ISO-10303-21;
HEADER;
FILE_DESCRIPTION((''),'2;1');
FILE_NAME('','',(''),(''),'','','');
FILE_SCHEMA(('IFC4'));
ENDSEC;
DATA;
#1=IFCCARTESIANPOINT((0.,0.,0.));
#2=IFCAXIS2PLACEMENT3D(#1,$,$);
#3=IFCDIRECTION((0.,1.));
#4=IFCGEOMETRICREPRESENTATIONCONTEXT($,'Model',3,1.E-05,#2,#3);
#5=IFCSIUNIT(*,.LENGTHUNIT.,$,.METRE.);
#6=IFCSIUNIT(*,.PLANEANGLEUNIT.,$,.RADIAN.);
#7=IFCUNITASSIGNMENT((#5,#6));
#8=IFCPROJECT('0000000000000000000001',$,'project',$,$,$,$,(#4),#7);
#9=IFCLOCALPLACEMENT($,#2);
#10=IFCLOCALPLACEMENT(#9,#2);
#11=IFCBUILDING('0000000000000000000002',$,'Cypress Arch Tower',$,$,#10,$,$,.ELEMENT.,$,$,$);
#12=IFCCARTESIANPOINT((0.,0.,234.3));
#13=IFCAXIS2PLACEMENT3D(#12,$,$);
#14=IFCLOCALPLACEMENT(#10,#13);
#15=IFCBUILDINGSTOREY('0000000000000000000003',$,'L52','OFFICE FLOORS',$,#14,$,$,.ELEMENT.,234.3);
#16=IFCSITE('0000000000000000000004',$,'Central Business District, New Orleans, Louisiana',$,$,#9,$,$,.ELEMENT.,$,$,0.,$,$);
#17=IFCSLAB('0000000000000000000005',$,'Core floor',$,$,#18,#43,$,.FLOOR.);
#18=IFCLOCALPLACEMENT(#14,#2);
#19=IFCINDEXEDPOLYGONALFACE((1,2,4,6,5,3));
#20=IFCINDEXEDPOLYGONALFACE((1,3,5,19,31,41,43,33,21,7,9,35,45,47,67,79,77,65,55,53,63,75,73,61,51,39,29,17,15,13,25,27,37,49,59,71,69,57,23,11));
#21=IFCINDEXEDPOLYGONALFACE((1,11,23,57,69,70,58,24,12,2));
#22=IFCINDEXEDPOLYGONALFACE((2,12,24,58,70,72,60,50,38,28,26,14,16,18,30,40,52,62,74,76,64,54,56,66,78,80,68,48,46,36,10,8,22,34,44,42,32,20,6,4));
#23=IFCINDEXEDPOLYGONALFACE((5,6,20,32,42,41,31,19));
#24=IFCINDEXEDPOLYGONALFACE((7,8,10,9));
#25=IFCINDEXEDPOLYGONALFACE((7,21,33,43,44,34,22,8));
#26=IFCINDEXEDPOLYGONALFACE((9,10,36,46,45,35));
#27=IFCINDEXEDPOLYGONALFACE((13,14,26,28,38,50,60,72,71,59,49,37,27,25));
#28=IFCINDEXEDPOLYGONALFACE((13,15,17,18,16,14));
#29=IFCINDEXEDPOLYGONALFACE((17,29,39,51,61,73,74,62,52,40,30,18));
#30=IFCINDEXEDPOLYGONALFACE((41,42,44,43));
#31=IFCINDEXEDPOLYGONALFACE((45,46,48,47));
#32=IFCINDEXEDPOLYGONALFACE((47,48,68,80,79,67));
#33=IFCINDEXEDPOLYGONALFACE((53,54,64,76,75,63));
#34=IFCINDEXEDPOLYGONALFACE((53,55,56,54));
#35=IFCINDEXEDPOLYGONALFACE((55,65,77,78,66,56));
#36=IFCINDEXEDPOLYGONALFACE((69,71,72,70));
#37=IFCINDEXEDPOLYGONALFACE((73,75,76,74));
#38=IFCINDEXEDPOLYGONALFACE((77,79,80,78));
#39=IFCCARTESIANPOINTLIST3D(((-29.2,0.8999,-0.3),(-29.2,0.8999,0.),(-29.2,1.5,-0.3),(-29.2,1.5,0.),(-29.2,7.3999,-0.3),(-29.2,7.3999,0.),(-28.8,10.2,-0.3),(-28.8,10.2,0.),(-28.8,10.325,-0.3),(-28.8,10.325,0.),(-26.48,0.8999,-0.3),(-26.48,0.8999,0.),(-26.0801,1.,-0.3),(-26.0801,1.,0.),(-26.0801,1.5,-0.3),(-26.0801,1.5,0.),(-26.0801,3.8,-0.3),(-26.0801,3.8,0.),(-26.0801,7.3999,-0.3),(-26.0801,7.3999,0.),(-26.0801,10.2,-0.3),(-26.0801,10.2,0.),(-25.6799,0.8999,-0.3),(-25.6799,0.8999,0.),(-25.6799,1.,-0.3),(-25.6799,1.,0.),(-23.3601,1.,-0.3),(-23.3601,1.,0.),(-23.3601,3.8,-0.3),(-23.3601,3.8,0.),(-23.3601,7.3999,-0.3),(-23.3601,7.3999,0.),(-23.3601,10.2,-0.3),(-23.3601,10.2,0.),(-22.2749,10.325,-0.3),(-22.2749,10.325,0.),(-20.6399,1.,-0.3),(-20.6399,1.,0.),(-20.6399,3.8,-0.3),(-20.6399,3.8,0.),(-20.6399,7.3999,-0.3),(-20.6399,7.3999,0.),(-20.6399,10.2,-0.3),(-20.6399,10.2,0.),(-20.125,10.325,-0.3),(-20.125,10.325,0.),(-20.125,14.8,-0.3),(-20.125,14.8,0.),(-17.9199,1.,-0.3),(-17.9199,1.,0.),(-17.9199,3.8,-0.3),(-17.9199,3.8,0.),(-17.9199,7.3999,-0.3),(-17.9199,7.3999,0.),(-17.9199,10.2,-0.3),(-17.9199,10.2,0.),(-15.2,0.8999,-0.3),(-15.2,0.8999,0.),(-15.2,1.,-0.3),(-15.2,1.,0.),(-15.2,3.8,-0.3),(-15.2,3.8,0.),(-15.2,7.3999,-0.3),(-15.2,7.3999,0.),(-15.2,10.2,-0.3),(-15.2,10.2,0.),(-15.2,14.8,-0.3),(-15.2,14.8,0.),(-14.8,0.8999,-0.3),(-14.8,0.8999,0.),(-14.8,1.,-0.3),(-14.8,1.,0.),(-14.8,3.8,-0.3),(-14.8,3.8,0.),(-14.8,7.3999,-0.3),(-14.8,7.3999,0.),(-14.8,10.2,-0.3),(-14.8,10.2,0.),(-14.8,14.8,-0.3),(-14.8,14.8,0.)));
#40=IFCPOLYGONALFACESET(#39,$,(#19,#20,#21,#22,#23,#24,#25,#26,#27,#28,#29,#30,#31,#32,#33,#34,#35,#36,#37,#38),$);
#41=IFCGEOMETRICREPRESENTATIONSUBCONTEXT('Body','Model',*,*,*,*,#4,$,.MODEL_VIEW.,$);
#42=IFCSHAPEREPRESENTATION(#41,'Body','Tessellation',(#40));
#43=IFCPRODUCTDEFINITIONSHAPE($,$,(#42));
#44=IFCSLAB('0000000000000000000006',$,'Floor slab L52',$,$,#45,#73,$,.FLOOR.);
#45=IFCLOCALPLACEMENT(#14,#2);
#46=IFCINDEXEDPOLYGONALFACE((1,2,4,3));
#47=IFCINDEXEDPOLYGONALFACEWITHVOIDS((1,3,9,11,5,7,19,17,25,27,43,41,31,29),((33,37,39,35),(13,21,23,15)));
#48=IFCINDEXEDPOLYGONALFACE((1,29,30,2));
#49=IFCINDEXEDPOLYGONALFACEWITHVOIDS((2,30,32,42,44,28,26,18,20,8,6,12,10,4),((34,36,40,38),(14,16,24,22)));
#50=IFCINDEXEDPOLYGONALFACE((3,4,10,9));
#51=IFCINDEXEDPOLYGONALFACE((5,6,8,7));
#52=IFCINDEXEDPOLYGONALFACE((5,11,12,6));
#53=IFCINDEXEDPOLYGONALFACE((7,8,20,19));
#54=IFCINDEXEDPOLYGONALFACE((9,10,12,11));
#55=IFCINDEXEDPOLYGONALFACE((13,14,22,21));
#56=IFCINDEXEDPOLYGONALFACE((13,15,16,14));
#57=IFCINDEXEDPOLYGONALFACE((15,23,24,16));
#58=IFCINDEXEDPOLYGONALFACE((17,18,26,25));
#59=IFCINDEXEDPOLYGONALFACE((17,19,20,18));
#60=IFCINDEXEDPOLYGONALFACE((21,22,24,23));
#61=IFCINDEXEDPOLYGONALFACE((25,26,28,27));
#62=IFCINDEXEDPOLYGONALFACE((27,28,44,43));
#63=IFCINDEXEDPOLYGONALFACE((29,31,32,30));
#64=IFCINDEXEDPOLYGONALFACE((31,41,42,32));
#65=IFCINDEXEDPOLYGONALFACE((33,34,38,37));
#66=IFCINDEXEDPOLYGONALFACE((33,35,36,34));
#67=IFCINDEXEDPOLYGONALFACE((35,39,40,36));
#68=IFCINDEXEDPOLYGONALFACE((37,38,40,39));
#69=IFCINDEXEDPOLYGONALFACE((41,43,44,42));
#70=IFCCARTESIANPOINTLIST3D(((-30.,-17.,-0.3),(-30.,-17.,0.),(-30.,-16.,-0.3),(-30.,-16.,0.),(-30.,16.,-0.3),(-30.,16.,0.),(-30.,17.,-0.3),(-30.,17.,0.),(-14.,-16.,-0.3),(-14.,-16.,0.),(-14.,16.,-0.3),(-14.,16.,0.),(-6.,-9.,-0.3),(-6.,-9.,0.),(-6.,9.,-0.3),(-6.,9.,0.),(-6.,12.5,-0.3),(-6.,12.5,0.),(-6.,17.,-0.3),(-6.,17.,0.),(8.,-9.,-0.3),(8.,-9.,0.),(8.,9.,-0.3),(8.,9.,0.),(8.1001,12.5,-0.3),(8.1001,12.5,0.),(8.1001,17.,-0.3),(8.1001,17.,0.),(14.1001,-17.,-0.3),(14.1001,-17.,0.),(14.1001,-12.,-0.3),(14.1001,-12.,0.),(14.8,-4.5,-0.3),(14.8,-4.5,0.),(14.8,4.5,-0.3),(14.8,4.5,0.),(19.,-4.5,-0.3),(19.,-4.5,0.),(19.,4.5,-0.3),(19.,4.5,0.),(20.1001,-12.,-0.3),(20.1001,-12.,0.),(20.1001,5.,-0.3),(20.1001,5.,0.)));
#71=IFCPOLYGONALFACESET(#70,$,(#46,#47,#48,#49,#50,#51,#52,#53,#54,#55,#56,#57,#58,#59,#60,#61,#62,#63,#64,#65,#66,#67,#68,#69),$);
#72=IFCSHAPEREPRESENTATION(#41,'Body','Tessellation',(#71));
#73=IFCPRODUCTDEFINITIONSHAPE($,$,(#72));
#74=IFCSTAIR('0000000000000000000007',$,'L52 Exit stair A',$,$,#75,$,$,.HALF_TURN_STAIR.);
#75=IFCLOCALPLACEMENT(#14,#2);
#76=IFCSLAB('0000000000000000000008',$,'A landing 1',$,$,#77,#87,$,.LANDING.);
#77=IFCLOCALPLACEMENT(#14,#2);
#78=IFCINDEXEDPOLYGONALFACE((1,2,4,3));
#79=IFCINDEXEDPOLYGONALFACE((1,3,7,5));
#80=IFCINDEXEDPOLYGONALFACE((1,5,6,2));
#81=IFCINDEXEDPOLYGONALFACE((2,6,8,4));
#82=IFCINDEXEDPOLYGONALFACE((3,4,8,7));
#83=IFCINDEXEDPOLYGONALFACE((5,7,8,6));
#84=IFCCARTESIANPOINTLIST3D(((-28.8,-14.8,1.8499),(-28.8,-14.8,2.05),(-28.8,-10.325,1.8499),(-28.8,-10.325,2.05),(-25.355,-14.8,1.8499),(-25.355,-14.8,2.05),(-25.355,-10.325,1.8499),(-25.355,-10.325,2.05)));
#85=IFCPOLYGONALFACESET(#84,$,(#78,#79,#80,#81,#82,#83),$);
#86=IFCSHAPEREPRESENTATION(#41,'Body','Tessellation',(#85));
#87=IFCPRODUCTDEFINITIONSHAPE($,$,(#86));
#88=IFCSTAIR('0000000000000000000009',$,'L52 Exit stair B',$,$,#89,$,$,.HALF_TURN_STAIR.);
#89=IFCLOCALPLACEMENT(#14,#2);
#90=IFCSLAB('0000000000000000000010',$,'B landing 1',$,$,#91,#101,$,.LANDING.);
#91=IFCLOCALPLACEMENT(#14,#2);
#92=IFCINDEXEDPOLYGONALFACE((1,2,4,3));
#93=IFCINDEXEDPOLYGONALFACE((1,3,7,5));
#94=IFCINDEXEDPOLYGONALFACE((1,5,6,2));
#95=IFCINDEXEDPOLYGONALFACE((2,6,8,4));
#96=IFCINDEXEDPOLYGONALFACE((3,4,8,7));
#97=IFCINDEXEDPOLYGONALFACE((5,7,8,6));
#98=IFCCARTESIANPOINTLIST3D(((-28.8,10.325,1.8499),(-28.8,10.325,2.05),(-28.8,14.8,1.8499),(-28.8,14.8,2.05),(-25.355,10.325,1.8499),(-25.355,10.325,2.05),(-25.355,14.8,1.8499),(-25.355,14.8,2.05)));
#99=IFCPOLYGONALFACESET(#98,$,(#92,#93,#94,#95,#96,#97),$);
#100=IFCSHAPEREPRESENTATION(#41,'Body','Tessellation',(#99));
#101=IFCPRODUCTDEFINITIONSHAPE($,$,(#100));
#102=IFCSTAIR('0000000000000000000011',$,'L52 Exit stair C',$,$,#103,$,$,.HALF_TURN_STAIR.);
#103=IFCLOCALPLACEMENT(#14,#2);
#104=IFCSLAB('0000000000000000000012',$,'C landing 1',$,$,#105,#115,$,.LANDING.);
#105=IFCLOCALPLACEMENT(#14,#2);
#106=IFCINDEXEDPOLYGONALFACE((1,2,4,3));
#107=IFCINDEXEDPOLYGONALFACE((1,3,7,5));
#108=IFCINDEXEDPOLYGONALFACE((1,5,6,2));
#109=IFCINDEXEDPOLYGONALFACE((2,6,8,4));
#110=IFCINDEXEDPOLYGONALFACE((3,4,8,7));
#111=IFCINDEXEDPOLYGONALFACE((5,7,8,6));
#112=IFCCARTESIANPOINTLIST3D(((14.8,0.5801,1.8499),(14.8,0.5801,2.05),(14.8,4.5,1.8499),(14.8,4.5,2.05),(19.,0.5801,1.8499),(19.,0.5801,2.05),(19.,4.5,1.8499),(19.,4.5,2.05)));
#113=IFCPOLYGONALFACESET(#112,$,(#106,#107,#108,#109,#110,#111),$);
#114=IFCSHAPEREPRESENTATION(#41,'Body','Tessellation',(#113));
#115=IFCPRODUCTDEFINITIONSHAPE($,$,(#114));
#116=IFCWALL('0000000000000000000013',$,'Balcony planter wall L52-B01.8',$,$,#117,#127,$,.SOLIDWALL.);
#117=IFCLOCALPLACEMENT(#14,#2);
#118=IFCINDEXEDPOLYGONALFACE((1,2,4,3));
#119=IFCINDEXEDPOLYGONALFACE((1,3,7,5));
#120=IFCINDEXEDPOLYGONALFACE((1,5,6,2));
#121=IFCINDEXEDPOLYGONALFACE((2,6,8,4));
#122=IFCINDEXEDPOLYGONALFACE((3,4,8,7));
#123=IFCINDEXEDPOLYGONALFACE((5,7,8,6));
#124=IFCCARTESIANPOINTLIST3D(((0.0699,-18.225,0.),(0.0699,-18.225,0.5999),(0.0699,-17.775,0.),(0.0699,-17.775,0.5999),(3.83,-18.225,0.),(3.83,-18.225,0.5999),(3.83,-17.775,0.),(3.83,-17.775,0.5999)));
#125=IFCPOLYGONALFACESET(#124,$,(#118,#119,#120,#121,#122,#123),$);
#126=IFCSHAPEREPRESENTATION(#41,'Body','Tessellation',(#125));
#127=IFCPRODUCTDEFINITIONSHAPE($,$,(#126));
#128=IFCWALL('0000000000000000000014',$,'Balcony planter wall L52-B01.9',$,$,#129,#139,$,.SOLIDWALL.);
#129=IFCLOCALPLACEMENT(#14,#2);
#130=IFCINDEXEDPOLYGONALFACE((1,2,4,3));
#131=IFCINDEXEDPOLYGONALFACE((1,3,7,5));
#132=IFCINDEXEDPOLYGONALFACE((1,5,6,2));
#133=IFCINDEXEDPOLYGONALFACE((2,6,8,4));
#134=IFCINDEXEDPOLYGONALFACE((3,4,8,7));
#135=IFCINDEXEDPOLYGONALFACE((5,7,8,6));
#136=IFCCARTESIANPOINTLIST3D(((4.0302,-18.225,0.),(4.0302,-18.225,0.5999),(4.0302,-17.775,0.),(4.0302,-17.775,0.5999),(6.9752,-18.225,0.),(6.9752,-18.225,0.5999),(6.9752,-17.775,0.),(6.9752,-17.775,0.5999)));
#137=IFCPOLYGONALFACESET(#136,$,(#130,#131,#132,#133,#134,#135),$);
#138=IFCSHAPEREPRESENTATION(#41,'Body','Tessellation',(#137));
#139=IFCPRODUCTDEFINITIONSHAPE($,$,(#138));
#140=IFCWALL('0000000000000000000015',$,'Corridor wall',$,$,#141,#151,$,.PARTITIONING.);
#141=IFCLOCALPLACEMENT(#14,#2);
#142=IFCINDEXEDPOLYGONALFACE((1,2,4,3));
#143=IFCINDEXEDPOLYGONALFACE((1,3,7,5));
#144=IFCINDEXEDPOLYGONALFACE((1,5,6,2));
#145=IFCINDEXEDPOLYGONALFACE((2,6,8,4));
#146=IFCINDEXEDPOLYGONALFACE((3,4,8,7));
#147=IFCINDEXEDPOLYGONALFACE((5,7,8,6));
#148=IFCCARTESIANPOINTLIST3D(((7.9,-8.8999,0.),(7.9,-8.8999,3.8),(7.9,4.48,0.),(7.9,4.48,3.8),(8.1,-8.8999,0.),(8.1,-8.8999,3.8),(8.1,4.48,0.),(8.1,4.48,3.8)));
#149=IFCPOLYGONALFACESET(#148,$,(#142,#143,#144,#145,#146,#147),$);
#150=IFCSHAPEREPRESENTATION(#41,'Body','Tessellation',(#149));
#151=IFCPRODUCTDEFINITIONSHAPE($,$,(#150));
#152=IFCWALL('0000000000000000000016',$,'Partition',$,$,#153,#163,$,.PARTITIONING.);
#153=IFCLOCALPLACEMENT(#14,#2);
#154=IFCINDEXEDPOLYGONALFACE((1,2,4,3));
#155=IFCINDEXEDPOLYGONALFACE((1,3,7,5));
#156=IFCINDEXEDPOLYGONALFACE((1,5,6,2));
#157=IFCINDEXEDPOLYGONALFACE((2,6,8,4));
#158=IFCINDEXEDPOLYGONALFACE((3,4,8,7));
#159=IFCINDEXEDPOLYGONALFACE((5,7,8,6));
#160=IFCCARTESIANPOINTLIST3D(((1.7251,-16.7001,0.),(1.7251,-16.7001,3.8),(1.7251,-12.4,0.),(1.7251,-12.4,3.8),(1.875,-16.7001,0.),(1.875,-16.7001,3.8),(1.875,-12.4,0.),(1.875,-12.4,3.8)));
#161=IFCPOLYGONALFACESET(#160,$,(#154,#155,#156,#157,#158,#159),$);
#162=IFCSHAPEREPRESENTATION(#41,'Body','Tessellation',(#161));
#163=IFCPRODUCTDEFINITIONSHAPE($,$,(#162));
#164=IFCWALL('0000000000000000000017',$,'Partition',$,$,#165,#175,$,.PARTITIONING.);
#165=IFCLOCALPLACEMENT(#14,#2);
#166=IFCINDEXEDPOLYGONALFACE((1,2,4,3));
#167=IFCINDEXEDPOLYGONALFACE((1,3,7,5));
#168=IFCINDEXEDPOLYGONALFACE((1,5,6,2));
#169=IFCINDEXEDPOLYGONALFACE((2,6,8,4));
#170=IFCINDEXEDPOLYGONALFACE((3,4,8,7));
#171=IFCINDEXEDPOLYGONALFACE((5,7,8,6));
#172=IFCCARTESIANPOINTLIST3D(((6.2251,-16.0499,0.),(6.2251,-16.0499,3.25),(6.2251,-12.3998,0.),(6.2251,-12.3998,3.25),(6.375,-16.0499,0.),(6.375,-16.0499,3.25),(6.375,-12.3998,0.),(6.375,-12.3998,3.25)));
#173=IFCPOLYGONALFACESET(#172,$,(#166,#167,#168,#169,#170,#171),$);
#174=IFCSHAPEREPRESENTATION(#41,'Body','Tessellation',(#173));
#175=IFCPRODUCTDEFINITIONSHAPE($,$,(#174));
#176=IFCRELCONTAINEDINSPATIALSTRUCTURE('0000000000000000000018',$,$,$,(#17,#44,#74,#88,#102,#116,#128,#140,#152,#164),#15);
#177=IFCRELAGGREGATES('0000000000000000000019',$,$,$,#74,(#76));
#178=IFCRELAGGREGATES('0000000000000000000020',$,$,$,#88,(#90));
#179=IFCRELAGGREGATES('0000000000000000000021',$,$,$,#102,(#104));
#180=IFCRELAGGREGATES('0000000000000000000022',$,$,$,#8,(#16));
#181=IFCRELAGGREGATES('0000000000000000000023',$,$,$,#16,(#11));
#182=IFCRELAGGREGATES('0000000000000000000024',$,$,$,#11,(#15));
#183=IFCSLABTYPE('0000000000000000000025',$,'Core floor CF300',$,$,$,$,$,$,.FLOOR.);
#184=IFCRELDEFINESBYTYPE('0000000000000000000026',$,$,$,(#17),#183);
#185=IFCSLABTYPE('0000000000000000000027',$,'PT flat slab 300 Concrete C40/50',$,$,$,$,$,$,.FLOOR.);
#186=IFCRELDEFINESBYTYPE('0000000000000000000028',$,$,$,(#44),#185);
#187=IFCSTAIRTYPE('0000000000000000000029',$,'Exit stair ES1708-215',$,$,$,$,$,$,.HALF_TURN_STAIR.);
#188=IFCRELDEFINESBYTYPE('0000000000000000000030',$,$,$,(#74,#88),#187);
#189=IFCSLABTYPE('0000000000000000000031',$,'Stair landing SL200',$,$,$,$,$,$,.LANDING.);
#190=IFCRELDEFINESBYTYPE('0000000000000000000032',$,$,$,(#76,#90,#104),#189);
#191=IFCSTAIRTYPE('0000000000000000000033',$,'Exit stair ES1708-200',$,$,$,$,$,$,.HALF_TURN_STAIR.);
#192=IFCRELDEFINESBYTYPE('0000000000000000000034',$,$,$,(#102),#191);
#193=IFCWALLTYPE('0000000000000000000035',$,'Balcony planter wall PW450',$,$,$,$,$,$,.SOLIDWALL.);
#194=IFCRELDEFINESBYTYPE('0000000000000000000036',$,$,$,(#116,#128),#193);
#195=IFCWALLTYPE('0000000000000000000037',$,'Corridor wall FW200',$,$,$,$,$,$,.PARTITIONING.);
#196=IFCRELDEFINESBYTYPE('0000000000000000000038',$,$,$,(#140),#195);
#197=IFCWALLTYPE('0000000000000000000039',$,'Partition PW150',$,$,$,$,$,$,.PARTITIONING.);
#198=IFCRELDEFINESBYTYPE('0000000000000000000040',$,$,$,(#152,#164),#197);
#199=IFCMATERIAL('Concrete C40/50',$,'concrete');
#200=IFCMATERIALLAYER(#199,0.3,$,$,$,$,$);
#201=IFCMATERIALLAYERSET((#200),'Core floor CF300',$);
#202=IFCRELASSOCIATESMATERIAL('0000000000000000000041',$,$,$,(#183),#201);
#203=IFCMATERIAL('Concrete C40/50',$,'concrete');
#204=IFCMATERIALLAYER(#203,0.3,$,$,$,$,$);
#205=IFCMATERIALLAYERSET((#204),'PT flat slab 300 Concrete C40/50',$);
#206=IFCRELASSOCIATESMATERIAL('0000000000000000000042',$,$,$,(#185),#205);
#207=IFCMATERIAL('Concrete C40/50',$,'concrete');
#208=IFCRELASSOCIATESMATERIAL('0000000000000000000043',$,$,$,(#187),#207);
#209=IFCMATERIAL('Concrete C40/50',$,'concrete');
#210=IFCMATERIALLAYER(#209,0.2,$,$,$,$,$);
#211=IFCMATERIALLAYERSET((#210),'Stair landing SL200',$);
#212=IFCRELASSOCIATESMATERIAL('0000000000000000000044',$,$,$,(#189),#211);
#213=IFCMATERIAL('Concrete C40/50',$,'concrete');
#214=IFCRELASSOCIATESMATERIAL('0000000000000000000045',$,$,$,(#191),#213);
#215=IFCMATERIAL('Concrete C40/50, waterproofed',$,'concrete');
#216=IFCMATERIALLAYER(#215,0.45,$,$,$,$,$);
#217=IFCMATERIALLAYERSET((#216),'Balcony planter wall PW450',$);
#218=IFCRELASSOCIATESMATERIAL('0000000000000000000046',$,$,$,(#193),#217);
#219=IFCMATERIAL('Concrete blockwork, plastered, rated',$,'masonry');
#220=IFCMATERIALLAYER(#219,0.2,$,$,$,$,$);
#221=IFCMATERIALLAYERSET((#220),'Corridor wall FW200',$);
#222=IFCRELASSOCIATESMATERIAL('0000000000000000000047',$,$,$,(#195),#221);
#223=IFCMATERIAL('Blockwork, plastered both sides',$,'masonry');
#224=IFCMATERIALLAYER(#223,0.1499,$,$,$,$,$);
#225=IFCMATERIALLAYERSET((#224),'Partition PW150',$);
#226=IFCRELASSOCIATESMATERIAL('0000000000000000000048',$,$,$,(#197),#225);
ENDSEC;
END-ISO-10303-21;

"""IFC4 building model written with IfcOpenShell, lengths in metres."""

from ifc_helpers import new_model, si_unit, direction, frame, frame_2d, origin, place, context, subcontext, project, spatial, polyline, rectangle, outline, extrude, material, layer, layer_set, type_object, element, aggregate, save


model = new_model("IFC4")

# Units and contexts
model_context = context("Model", 3, precision=1e-05, world=origin(), true_north=direction((0.0, 1.0)))
body_context = subcontext(model_context, "Body", "Model", "MODEL_VIEW")
ifc_project = project(units=[si_unit("LENGTHUNIT", "METRE"), si_unit("PLANEANGLEUNIT", "RADIAN")], contexts=[model_context])

# Site, building, storey
site_placement = place(None, origin())
site = spatial("IfcSite", under=ifc_project, at=site_placement, Name="Central Business District, New Orleans, Louisiana", CompositionType="ELEMENT", RefElevation=0.0)
building_placement = place(site_placement, origin())
building = spatial("IfcBuilding", under=site, at=building_placement, Name="Cypress Arch Tower", CompositionType="ELEMENT")
storey_placement = place(building_placement, frame((0.0, 0.0, 234.3)))
storey = spatial("IfcBuildingStorey", under=building, at=storey_placement, Name="L52", Description="OFFICE FLOORS", CompositionType="ELEMENT", Elevation=234.3)

# Slabs
ifc_material_1 = material(Name="Concrete C40/50", Category="concrete")
ifc_layer_1 = layer(ifc_material_1, 0.3)
ifc_layer_set_1 = layer_set([ifc_layer_1], Name="Core floor CF300")
slab_type_1 = type_object("IfcSlabType", Name="Core floor CF300", PredefinedType="FLOOR", material=ifc_layer_set_1)
slab_1_placement = place(storey_placement, frame((0.0, 0.0, -0.3)))
element("IfcSlab", 1, at=slab_1_placement, inside=storey, type_object=slab_type_1, Name="Core floor", PredefinedType="FLOOR", context=body_context, shape_type="SweptSolid", body=[
    extrude(outline(polyline([(-20.6399, 7.3999), (-20.6399, 10.2), (-23.3601, 10.2), (-26.0801, 10.2), (-28.8, 10.2), (-28.8, 10.325), (-22.2749, 10.325), (-20.125, 10.325), (-20.125, 14.8), (-15.2, 14.8), (-14.8, 14.8), (-14.8, 10.2), (-15.2, 10.2), (-17.9199, 10.2), (-17.9199, 7.3999), (-15.2, 7.3999), (-14.8, 7.3999), (-14.8, 3.8), (-15.2, 3.8), (-17.9199, 3.8), (-20.6399, 3.8), (-23.3601, 3.8), (-26.0801, 3.8), (-26.0801, 1.5), (-26.0801, 1.5), (-26.0801, 1.0), (-25.6799, 1.0), (-23.3601, 1.0), (-20.6399, 1.0), (-17.9199, 1.0), (-15.2, 1.0), (-14.8, 1.0), (-14.8, 0.8999), (-15.2, 0.8999), (-25.6799, 0.8999), (-26.48, 0.8999), (-29.2, 0.8999), (-29.2, 1.5), (-29.2, 7.3999), (-26.0801, 7.3999), (-23.3601, 7.3999), (-20.6399, 7.3999)])), origin(), (0.0, 0.0, 1.0), 0.3),
])
ifc_material_2 = material(Name="Concrete C40/50", Category="concrete")
ifc_layer_2 = layer(ifc_material_2, 0.3)
ifc_layer_set_2 = layer_set([ifc_layer_2], Name="PT flat slab 300 Concrete C40/50")
slab_type_2 = type_object("IfcSlabType", Name="PT flat slab 300 Concrete C40/50", PredefinedType="FLOOR", material=ifc_layer_set_2)
slab_2_placement = place(storey_placement, frame((0.0, 0.0, -0.3)))
element("IfcSlab", 2, at=slab_2_placement, inside=storey, type_object=slab_type_2, Name="Floor slab L52", PredefinedType="FLOOR", context=body_context, shape_type="SweptSolid", body=[
    extrude(outline(polyline([(-30.0, 17.0), (-6.0, 17.0), (-6.0, 12.5), (8.1001, 12.5), (8.1001, 17.0), (20.1001, 5.0), (20.1001, -12.0), (14.1001, -12.0), (14.1001, -17.0), (-30.0, -17.0), (-30.0, -16.0), (-14.0, -16.0), (-14.0, 16.0), (-30.0, 16.0), (-30.0, 17.0)]), holes=[polyline([(-6.0, -9.0), (8.0, -9.0), (8.0, 9.0), (-6.0, 9.0), (-6.0, -9.0)]), polyline([(14.8, -4.5), (19.0, -4.5), (19.0, 4.5), (14.8, 4.5), (14.8, -4.5)])]), origin(), (0.0, 0.0, 1.0), 0.3),
])

# Stairs, slabs
ifc_material_3 = material(Name="Concrete C40/50", Category="concrete")
stair_type_1 = type_object("IfcStairType", Name="Exit stair ES1708-215", PredefinedType="HALF_TURN_STAIR", material=ifc_material_3)
stair_1_placement = place(storey_placement, origin())
stair_1 = element("IfcStair", 3, at=stair_1_placement, inside=storey, type_object=stair_type_1, Name="L52 Exit stair A", PredefinedType="HALF_TURN_STAIR")
ifc_material_4 = material(Name="Concrete C40/50", Category="concrete")
ifc_layer_3 = layer(ifc_material_4, 0.2)
ifc_layer_set_3 = layer_set([ifc_layer_3], Name="Stair landing SL200")
slab_type_3 = type_object("IfcSlabType", Name="Stair landing SL200", PredefinedType="LANDING", material=ifc_layer_set_3)
slab_3_placement = place(storey_placement, frame((0.0, 0.0, 1.8499)))
slab_3 = element("IfcSlab", 4, at=slab_3_placement, type_object=slab_type_3, Name="A landing 1", PredefinedType="LANDING", context=body_context, shape_type="SweptSolid", body=[
    extrude(outline(polyline([(-25.355, -10.325), (-28.8, -10.325), (-28.8, -14.8), (-25.355, -14.8), (-25.355, -10.325)])), origin(), (0.0, 0.0, 1.0), 0.2002),
])
aggregate(stair_1, [slab_3])
stair_2_placement = place(storey_placement, origin())
stair_2 = element("IfcStair", 5, at=stair_2_placement, inside=storey, type_object=stair_type_1, Name="L52 Exit stair B", PredefinedType="HALF_TURN_STAIR")
slab_4_placement = place(storey_placement, frame((0.0, 0.0, 1.8499)))
slab_4 = element("IfcSlab", 6, at=slab_4_placement, type_object=slab_type_3, Name="B landing 1", PredefinedType="LANDING", context=body_context, shape_type="SweptSolid", body=[
    extrude(outline(polyline([(-25.355, 14.8), (-28.8, 14.8), (-28.8, 10.325), (-25.355, 10.325), (-25.355, 14.8)])), origin(), (0.0, 0.0, 1.0), 0.2002),
])
aggregate(stair_2, [slab_4])
ifc_material_5 = material(Name="Concrete C40/50", Category="concrete")
stair_type_2 = type_object("IfcStairType", Name="Exit stair ES1708-200", PredefinedType="HALF_TURN_STAIR", material=ifc_material_5)
stair_3_placement = place(storey_placement, origin())
stair_3 = element("IfcStair", 7, at=stair_3_placement, inside=storey, type_object=stair_type_2, Name="L52 Exit stair C", PredefinedType="HALF_TURN_STAIR")
slab_5_placement = place(storey_placement, frame((0.0, 0.0, 1.8499)))
slab_5 = element("IfcSlab", 8, at=slab_5_placement, type_object=slab_type_3, Name="C landing 1", PredefinedType="LANDING", context=body_context, shape_type="SweptSolid", body=[
    extrude(outline(polyline([(19.0, 0.5801), (19.0, 4.5), (14.8, 4.5), (14.8, 0.5801), (19.0, 0.5801)])), origin(), (0.0, 0.0, 1.0), 0.2002),
])
aggregate(stair_3, [slab_5])

# Walls
ifc_material_6 = material(Name="Concrete C40/50, waterproofed", Category="concrete")
ifc_layer_4 = layer(ifc_material_6, 0.45)
ifc_layer_set_4 = layer_set([ifc_layer_4], Name="Balcony planter wall PW450")
wall_type_1 = type_object("IfcWallType", Name="Balcony planter wall PW450", PredefinedType="SOLIDWALL", material=ifc_layer_set_4)
wall_1_placement = place(storey_placement, frame((0.0701, -18.0, 0.0), z_axis=(0.0, 0.0, 1.0), x_axis=(1.0, 0.0, 0.0)))
element("IfcWall", 9, at=wall_1_placement, inside=storey, type_object=wall_type_1, Name="Balcony planter wall L52-B01.8", PredefinedType="SOLIDWALL", context=body_context, shape_type="SweptSolid", body=[
    extrude(rectangle(XDim=3.76, YDim=0.45, at=frame_2d((1.8799, 0.0))), origin(), (0.0, 0.0, 1.0), 0.5999),
])
wall_2_placement = place(storey_placement, frame((4.03, -18.0, 0.0), z_axis=(0.0, 0.0, 1.0), x_axis=(1.0, 0.0, 0.0)))
element("IfcWall", 10, at=wall_2_placement, inside=storey, type_object=wall_type_1, Name="Balcony planter wall L52-B01.9", PredefinedType="SOLIDWALL", context=body_context, shape_type="SweptSolid", body=[
    extrude(rectangle(XDim=2.9451, YDim=0.45, at=frame_2d((1.4727, 0.0))), origin(), (0.0, 0.0, 1.0), 0.5999),
])

# Walls
ifc_material_7 = material(Name="Concrete blockwork, plastered, rated", Category="masonry")
ifc_layer_5 = layer(ifc_material_7, 0.2)
ifc_layer_set_5 = layer_set([ifc_layer_5], Name="Corridor wall FW200")
wall_type_2 = type_object("IfcWallType", Name="Corridor wall FW200", PredefinedType="PARTITIONING", material=ifc_layer_set_5)
wall_3_placement = place(storey_placement, frame((8.0, -8.8999, 0.0), z_axis=(0.0, 0.0, 1.0), x_axis=(0.0, 1.0, 0.0)))
element("IfcWall", 11, at=wall_3_placement, inside=storey, type_object=wall_type_2, Name="Corridor wall", PredefinedType="PARTITIONING", context=body_context, shape_type="SweptSolid", body=[
    extrude(rectangle(XDim=13.3799, YDim=0.2, at=frame_2d((6.6899, 0.0))), origin(), (0.0, 0.0, 1.0), 3.8),
])
ifc_material_8 = material(Name="Blockwork, plastered both sides", Category="masonry")
ifc_layer_6 = layer(ifc_material_8, 0.1499)
ifc_layer_set_6 = layer_set([ifc_layer_6], Name="Partition PW150")
wall_type_3 = type_object("IfcWallType", Name="Partition PW150", PredefinedType="PARTITIONING", material=ifc_layer_set_6)
wall_4_placement = place(storey_placement, frame((1.8, -16.7, 0.0), z_axis=(0.0, 0.0, 1.0), x_axis=(0.0, 1.0, 0.0)))
element("IfcWall", 12, at=wall_4_placement, inside=storey, type_object=wall_type_3, Name="Partition", PredefinedType="PARTITIONING", context=body_context, shape_type="SweptSolid", body=[
    extrude(rectangle(XDim=4.3, YDim=0.1499, at=frame_2d((2.1499, 0.0))), origin(), (0.0, 0.0, 1.0), 3.8),
])
wall_5_placement = place(storey_placement, frame((6.3, -16.05, 0.0), z_axis=(0.0, 0.0, 1.0), x_axis=(0.0, 1.0, 0.0)))
element("IfcWall", 13, at=wall_5_placement, inside=storey, type_object=wall_type_3, Name="Partition", PredefinedType="PARTITIONING", context=body_context, shape_type="SweptSolid", body=[
    extrude(rectangle(XDim=3.6501, YDim=0.1499, at=frame_2d((1.8252, 0.0))), origin(), (0.0, 0.0, 1.0), 3.25),
])

save(model, "model.ifc")
